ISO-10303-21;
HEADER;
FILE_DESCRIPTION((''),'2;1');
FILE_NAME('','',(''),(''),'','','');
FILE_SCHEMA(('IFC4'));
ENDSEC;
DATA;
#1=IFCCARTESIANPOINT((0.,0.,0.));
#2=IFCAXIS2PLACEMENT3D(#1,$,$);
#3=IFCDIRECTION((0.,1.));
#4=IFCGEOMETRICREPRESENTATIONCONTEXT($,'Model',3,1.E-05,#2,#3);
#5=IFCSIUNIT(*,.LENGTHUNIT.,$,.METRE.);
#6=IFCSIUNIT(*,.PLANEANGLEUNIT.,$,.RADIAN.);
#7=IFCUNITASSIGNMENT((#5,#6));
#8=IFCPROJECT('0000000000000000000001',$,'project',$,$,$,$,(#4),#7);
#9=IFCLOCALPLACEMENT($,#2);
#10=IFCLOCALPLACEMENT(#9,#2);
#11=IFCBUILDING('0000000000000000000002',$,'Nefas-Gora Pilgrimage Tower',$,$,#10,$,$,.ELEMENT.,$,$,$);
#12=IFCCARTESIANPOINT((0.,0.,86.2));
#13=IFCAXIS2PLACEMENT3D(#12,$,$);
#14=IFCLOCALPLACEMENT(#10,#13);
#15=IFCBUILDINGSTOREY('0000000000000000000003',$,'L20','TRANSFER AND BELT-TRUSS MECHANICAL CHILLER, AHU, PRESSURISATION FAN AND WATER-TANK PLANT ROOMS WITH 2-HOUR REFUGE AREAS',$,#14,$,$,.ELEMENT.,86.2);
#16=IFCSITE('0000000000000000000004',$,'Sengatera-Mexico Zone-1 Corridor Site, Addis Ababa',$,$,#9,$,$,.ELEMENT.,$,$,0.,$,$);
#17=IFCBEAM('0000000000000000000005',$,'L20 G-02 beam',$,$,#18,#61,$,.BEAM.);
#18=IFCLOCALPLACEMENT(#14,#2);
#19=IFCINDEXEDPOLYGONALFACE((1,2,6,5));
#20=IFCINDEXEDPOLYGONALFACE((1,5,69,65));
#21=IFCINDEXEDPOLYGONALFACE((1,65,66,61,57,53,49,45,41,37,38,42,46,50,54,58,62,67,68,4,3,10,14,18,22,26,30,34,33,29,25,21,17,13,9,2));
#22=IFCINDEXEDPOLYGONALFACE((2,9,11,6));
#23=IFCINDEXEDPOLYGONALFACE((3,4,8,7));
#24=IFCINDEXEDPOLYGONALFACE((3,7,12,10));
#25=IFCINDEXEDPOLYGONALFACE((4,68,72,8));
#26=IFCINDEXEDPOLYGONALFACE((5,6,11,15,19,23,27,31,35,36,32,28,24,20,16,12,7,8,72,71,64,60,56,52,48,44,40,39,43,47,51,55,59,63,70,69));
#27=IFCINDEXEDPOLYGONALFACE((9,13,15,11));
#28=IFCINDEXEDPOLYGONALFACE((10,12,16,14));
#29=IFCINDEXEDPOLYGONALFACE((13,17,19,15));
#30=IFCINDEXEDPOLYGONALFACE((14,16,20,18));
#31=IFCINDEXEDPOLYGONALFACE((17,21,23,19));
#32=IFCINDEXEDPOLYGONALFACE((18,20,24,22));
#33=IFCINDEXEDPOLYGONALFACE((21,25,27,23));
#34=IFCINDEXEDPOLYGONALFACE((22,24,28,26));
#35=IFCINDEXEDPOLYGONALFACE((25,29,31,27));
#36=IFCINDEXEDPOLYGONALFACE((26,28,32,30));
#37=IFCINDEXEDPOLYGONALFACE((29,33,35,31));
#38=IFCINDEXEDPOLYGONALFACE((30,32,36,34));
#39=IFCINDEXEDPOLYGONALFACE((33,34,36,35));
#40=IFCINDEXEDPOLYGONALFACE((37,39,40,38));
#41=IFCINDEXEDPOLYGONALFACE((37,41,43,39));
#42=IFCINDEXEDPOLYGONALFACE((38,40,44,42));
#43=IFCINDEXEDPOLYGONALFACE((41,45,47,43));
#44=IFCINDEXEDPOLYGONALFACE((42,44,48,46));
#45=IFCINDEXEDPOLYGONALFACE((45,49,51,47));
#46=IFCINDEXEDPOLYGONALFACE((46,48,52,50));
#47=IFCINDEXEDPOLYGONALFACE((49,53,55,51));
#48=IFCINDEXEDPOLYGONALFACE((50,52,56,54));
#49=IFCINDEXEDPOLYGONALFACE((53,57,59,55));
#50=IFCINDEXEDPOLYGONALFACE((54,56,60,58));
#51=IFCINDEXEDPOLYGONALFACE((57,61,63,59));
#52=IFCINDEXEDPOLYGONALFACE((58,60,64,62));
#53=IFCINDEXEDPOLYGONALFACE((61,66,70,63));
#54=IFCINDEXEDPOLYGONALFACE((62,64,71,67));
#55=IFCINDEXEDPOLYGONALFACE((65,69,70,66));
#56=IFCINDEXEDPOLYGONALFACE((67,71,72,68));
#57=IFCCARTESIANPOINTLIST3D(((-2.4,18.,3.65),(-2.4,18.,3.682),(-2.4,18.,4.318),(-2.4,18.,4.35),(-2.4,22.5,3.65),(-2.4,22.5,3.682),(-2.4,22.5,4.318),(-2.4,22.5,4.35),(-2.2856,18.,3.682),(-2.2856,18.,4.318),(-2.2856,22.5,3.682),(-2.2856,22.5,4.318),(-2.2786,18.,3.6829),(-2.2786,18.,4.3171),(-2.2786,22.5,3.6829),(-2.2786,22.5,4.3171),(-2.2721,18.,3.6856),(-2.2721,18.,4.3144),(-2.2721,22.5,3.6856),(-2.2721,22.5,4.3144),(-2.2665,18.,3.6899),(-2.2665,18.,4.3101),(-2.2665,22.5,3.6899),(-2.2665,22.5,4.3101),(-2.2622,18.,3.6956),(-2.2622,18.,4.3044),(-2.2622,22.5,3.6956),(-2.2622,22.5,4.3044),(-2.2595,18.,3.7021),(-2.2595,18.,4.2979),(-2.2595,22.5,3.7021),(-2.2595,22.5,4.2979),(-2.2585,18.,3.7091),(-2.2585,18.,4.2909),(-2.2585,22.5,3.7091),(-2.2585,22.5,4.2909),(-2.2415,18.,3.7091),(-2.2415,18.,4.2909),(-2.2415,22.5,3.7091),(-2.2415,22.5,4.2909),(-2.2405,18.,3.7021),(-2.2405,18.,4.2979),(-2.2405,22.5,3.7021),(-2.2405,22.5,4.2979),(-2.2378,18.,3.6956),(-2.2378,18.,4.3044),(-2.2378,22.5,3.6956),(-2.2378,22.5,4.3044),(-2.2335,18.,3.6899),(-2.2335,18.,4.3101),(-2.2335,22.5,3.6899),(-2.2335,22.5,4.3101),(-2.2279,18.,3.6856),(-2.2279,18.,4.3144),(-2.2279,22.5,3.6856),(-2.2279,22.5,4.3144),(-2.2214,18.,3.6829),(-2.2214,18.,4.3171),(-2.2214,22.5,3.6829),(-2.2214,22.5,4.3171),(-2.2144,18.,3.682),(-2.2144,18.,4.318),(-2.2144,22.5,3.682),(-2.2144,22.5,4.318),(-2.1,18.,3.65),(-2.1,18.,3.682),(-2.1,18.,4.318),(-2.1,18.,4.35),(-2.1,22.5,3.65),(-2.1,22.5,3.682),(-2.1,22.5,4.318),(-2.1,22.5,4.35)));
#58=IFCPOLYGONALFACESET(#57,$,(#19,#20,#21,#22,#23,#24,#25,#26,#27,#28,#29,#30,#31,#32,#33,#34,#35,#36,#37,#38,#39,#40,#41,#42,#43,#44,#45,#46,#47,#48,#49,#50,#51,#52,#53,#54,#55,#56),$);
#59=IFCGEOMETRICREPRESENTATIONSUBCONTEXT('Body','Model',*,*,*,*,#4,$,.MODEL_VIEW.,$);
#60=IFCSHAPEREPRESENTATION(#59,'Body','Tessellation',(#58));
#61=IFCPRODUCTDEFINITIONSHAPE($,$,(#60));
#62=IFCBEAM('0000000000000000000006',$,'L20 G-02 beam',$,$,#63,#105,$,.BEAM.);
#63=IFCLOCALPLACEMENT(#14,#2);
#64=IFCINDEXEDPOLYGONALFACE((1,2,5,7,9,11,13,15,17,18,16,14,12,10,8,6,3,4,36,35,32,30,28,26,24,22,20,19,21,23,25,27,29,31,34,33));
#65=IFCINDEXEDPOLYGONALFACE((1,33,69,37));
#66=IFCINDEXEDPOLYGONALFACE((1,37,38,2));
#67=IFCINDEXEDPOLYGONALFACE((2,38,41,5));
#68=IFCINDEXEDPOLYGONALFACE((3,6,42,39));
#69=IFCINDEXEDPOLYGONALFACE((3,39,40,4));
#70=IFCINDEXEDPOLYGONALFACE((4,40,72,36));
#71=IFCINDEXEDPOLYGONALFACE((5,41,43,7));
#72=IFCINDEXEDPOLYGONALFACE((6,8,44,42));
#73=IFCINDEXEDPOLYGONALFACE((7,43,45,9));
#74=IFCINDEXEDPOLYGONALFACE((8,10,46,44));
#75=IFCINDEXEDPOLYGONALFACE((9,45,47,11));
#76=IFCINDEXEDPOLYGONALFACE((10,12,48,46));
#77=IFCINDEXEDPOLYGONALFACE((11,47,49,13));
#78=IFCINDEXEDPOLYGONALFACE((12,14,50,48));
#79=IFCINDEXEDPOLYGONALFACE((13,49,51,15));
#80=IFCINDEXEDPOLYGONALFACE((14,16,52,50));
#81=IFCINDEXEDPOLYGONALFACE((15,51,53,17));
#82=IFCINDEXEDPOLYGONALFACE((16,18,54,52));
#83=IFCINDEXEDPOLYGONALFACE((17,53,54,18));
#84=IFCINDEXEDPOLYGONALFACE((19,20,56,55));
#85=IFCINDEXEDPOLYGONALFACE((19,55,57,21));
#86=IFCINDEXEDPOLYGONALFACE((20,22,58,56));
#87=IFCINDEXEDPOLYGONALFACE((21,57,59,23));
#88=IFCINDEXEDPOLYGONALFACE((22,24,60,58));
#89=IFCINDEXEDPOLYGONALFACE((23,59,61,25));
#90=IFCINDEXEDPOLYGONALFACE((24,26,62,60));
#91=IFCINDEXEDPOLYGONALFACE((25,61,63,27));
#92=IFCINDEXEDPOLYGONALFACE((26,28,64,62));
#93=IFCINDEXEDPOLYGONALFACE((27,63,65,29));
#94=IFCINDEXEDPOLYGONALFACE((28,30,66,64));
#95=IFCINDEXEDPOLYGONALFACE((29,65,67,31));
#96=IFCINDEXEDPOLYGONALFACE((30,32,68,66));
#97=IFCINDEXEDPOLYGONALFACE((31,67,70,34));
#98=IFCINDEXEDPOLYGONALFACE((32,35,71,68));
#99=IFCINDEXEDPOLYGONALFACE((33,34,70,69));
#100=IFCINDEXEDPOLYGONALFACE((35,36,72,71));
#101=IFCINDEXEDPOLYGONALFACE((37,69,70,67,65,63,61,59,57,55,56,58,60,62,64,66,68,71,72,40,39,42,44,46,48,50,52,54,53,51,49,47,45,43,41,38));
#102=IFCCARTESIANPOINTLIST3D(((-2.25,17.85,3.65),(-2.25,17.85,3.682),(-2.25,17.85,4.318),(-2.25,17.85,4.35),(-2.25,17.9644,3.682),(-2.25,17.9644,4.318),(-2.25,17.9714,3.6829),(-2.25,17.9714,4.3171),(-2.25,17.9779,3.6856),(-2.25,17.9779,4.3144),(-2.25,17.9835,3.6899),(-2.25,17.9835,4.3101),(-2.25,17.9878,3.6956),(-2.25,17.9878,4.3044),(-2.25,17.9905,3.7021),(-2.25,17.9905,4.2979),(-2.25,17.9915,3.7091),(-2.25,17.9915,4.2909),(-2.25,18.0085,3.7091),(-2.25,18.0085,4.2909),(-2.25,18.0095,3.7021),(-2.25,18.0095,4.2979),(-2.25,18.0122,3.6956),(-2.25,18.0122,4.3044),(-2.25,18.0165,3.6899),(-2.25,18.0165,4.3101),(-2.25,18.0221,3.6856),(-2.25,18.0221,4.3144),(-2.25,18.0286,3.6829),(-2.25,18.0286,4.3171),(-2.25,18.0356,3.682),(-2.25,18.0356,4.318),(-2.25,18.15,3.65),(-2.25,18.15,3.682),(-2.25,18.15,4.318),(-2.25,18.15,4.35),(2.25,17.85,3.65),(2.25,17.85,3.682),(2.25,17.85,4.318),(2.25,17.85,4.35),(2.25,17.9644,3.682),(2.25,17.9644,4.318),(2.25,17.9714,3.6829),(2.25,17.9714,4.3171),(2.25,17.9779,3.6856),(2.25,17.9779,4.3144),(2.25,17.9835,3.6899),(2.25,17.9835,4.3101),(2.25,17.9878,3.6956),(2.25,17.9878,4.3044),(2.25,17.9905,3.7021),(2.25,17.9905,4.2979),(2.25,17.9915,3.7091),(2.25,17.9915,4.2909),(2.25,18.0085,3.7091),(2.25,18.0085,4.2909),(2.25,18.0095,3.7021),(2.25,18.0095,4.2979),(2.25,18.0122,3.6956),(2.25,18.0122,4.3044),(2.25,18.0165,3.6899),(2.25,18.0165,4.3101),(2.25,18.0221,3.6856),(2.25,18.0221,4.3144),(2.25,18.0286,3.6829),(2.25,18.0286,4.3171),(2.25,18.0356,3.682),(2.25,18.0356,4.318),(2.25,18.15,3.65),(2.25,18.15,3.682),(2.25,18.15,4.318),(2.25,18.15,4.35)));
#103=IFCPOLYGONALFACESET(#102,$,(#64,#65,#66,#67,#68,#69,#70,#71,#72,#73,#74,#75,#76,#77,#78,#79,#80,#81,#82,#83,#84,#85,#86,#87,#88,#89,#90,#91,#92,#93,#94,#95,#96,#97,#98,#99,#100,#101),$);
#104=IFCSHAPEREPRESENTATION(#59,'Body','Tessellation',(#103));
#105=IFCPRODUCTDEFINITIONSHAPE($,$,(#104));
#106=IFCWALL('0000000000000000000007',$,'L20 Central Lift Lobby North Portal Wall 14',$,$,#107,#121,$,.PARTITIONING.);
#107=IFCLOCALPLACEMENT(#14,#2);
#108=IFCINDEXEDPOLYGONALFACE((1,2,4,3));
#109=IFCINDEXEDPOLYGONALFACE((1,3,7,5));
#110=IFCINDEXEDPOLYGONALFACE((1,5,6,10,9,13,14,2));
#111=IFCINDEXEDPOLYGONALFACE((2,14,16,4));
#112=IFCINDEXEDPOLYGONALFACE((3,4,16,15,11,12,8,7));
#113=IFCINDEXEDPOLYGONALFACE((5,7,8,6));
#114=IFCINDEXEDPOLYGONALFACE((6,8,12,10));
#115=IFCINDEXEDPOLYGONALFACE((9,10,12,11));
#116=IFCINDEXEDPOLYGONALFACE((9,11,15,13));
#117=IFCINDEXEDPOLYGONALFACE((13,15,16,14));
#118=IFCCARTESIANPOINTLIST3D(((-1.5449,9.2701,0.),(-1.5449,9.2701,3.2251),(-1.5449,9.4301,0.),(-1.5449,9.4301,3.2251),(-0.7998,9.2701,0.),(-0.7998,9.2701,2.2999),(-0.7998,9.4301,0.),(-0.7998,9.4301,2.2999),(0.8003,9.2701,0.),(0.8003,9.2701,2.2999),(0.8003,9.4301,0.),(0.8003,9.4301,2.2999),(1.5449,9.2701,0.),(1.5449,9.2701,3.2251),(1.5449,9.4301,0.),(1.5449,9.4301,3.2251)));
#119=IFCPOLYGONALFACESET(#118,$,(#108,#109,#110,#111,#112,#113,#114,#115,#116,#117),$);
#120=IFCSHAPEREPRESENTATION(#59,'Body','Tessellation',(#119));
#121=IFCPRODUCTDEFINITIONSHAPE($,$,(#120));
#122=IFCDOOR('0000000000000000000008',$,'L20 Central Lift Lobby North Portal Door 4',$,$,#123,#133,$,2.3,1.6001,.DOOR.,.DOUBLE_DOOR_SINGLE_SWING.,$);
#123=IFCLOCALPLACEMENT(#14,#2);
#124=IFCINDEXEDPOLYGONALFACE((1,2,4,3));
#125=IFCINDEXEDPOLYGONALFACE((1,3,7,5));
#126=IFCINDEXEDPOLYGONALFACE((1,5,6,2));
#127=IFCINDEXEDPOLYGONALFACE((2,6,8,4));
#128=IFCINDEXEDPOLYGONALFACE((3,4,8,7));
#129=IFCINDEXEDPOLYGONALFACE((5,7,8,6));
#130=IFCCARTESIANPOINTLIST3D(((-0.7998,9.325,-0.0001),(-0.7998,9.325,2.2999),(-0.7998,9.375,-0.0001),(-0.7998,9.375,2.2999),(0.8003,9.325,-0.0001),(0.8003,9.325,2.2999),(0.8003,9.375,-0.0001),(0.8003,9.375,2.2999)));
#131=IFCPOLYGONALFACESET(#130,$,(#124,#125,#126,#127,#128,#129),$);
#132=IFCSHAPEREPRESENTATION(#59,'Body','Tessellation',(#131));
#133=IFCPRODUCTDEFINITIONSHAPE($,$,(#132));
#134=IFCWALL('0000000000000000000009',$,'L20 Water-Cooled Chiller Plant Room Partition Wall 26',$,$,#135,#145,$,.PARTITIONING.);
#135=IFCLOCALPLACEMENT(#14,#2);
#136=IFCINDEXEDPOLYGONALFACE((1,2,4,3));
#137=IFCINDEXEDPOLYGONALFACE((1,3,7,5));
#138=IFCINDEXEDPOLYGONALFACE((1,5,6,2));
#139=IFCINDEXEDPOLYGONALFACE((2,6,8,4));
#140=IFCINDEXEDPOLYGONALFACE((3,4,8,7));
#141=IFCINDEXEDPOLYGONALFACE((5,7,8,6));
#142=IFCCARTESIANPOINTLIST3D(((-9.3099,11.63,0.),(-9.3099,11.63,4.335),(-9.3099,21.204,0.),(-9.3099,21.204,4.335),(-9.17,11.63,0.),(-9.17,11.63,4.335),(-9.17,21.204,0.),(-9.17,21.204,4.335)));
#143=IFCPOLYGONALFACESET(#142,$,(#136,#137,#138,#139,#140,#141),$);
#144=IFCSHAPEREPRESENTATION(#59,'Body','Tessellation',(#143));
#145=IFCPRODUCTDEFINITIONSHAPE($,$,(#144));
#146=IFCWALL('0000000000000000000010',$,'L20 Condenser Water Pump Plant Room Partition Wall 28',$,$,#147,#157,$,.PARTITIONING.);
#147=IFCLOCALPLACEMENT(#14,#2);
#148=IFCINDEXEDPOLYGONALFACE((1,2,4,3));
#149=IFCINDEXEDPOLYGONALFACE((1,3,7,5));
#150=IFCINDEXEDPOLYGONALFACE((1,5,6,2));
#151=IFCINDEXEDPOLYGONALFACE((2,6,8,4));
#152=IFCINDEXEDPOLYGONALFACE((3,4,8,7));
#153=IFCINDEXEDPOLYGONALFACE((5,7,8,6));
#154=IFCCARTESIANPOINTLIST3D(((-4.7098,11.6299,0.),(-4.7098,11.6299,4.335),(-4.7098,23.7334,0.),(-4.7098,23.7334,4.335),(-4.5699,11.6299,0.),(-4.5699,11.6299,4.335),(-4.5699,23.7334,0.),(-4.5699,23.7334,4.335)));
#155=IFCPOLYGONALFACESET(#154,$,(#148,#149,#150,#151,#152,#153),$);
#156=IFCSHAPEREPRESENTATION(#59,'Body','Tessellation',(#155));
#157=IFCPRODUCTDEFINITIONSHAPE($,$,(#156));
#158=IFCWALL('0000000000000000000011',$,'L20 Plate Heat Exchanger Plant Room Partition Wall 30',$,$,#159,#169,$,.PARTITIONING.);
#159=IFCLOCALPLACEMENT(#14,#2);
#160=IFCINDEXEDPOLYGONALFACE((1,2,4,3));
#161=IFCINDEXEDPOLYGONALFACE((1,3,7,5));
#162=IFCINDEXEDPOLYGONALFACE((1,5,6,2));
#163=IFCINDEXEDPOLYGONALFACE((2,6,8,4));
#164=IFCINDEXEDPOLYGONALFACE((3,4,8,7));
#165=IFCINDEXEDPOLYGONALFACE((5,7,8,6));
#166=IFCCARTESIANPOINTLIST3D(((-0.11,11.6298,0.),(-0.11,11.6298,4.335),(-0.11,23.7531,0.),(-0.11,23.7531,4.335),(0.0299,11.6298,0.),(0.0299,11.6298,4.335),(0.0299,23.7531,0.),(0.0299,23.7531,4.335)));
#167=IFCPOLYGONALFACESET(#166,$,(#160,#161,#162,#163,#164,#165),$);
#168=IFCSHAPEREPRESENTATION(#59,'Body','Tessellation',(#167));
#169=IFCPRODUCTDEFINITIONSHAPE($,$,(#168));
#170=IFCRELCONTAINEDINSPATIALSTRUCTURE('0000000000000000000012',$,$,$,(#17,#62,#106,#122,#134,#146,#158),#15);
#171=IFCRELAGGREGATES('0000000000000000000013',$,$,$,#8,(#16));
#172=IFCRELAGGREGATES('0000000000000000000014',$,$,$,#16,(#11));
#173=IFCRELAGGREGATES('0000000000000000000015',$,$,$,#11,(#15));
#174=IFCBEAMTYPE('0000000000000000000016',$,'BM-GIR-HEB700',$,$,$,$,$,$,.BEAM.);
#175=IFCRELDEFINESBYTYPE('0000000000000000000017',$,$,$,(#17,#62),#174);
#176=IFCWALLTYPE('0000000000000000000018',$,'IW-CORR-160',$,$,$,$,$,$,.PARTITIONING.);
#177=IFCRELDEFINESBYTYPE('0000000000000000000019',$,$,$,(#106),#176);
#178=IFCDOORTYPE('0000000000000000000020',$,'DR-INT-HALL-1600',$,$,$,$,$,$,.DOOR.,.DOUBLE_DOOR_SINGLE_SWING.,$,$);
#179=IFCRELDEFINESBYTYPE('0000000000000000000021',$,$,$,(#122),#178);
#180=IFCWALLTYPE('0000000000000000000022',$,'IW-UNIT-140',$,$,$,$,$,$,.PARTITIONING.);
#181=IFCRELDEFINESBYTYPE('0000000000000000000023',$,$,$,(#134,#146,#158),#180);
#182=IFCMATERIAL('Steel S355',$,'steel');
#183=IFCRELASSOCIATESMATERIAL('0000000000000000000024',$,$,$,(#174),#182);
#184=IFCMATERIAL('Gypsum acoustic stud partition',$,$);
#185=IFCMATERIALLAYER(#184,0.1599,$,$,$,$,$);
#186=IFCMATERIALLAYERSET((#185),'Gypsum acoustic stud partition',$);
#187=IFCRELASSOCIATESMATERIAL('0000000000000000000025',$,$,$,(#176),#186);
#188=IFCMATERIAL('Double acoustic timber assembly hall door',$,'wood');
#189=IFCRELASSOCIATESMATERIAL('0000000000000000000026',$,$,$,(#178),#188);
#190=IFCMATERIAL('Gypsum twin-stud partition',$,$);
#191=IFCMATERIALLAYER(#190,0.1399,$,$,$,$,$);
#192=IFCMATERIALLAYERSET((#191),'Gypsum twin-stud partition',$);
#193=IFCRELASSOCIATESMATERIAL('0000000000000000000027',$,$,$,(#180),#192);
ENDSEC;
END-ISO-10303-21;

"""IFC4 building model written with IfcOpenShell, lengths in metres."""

from ifc_helpers import new_model, si_unit, direction, frame, frame_2d, origin, origin_2d, place, context, subcontext, project, spatial, rectangle, i_section, extrude, source, transform, mapped, material, layer, layer_set, material_profile, profile_set, type_object, element, fill, save


model = new_model("IFC4")

# Units and contexts
model_context = context("Model", 3, precision=1e-05, world=origin(), true_north=direction((0.0, 1.0)))
body_context = subcontext(model_context, "Body", "Model", "MODEL_VIEW")
ifc_project = project(units=[si_unit("LENGTHUNIT", "METRE"), si_unit("PLANEANGLEUNIT", "RADIAN")], contexts=[model_context])

# Site, building, storey
site_placement = place(None, origin())
site = spatial("IfcSite", under=ifc_project, at=site_placement, Name="Sengatera-Mexico Zone-1 Corridor Site, Addis Ababa", CompositionType="ELEMENT", RefElevation=0.0)
building_placement = place(site_placement, origin())
building = spatial("IfcBuilding", under=site, at=building_placement, Name="Nefas-Gora Pilgrimage Tower", CompositionType="ELEMENT")
storey_placement = place(building_placement, frame((0.0, 0.0, 86.2)))
storey = spatial("IfcBuildingStorey", under=building, at=storey_placement, Name="L20", Description="TRANSFER AND BELT-TRUSS MECHANICAL CHILLER, AHU, PRESSURISATION FAN AND WATER-TANK PLANT ROOMS WITH 2-HOUR REFUGE AREAS", CompositionType="ELEMENT", Elevation=86.2)

# Beams
ifc_material_1 = material(Name="Steel S355", Category="steel")
ifc_material_profile_1 = material_profile(ifc_material_1, i_section(OverallWidth=0.3, OverallDepth=0.7, WebThickness=0.0171, FlangeThickness=0.032, FilletRadius=0.0271, at=origin_2d()), Name="HEB 700")
ifc_profile_set_1 = profile_set([ifc_material_profile_1], Name="Steel S355")
beam_type_1 = type_object("IfcBeamType", Name="BM-GIR-HEB700", PredefinedType="BEAM", material=ifc_profile_set_1)
shared_shape_1 = source(origin(), body_context, "Body", "SweptSolid", [
    extrude(i_section(OverallWidth=0.3, OverallDepth=0.7, WebThickness=0.0171, FlangeThickness=0.032, FilletRadius=0.0271, at=origin_2d()), origin(), (0.0, 0.0, 1.0), 4.5),
])
for number, where, z_axis, x_axis, name in (
    (1, (-2.25, 18.0, 4.0), (0.0, 1.0, 0.0), (-1.0, 0.0, 0.0), "L20 G-02 beam"),
    (2, (-2.25, 18.0, 4.0), (1.0, 0.0, 0.0), (0.0, 1.0, 0.0), "L20 G-02 beam"),
):
    element("IfcBeam", number, at=place(storey_placement, frame(where, z_axis=z_axis, x_axis=x_axis)), inside=storey, type_object=beam_type_1, Name=name, PredefinedType="BEAM", context=body_context, shape_type="MappedRepresentation", body=[
        mapped(shared_shape_1, transform((0.0, 0.0, 0.0), x_axis=(1.0, 0.0, 0.0), y_axis=(0.0, 1.0, 0.0), z_axis=(0.0, 0.0, 1.0), scale=1.0)),
    ])

# Wall, opening, door
ifc_material_2 = material(Name="Gypsum acoustic stud partition")
ifc_layer_1 = layer(ifc_material_2, 0.1599)
ifc_layer_set_1 = layer_set([ifc_layer_1], Name="Gypsum acoustic stud partition")
wall_type_1 = type_object("IfcWallType", Name="IW-CORR-160", PredefinedType="PARTITIONING", material=ifc_layer_set_1)
shared_shape_2 = source(origin(), body_context, "Body", "SweptSolid", [
    extrude(rectangle(XDim=3.0898, YDim=0.1599, at=frame_2d((1.5449, 0.0))), origin(), (0.0, 0.0, 1.0), 3.2251),
])
wall_1_placement = place(storey_placement, frame((-1.5449, 9.3501, 0.0), z_axis=(0.0, 0.0, 1.0), x_axis=(1.0, 0.0, 0.0)))
wall_1 = element("IfcWall", 3, at=wall_1_placement, inside=storey, type_object=wall_type_1, Name="L20 Central Lift Lobby North Portal Wall 14", PredefinedType="PARTITIONING", context=body_context, shape_type="MappedRepresentation", body=[
    mapped(shared_shape_2, transform((0.0, 0.0, 0.0), x_axis=(1.0, 0.0, 0.0), y_axis=(0.0, 1.0, 0.0), z_axis=(0.0, 0.0, 1.0), scale=1.0)),
])
opening_1_placement = place(wall_1_placement, frame((0.7451, 0.0, 0.0)))
opening_1 = element("IfcOpeningElement", 4, at=opening_1_placement, cuts=wall_1, PredefinedType="OPENING", context=body_context, shape_type="SweptSolid", body=[
    extrude(rectangle(XDim=1.6001, YDim=2.3, at=frame_2d((0.8, 1.1499))), frame((0.0, 0.0898, 0.0), z_axis=(0.0, -1.0, 0.0), x_axis=(1.0, 0.0, 0.0)), (0.0, 0.0, 1.0), 0.1799),
])
ifc_material_3 = material(Name="Double acoustic timber assembly hall door", Category="wood")
door_type_1 = type_object("IfcDoorType", Name="DR-INT-HALL-1600", OperationType="DOUBLE_DOOR_SINGLE_SWING", PredefinedType="DOOR", material=ifc_material_3)
shared_shape_3 = source(origin(), body_context, "Body", "SweptSolid", [
    extrude(rectangle(XDim=1.6001, YDim=2.3, at=frame_2d((0.8, 1.1499))), frame((0.0, 0.0249, 0.0), z_axis=(0.0, -1.0, 0.0), x_axis=(1.0, 0.0, 0.0)), (0.0, 0.0, 1.0), 0.05),
])
door_1_placement = place(opening_1_placement, origin())
door_1 = element("IfcDoor", 5, at=door_1_placement, inside=storey, type_object=door_type_1, Name="L20 Central Lift Lobby North Portal Door 4", OperationType="DOUBLE_DOOR_SINGLE_SWING", OverallHeight=2.3, OverallWidth=1.6001, PredefinedType="DOOR", context=body_context, shape_type="MappedRepresentation", body=[
    mapped(shared_shape_3, transform((0.0, 0.0, 0.0), x_axis=(1.0, 0.0, 0.0), y_axis=(0.0, 1.0, 0.0), z_axis=(0.0, 0.0, 1.0), scale=1.0)),
])
fill(opening_1, door_1)

# Wall
ifc_material_4 = material(Name="Gypsum twin-stud partition")
ifc_layer_2 = layer(ifc_material_4, 0.1399)
ifc_layer_set_2 = layer_set([ifc_layer_2], Name="Gypsum twin-stud partition")
wall_type_2 = type_object("IfcWallType", Name="IW-UNIT-140", PredefinedType="PARTITIONING", material=ifc_layer_set_2)
shared_shape_4 = source(origin(), body_context, "Body", "SweptSolid", [
    extrude(rectangle(XDim=9.574, YDim=0.1399, at=frame_2d((4.7871, 0.0))), origin(), (0.0, 0.0, 1.0), 4.335),
])
wall_2_placement = place(storey_placement, frame((-9.24, 11.6299, 0.0), z_axis=(0.0, 0.0, 1.0), x_axis=(0.0, 1.0, 0.0)))
element("IfcWall", 6, at=wall_2_placement, inside=storey, type_object=wall_type_2, Name="L20 Water-Cooled Chiller Plant Room Partition Wall 26", PredefinedType="PARTITIONING", context=body_context, shape_type="MappedRepresentation", body=[
    mapped(shared_shape_4, transform((0.0, 0.0, 0.0), x_axis=(1.0, 0.0, 0.0), y_axis=(0.0, 1.0, 0.0), z_axis=(0.0, 0.0, 1.0), scale=1.0)),
])

# Walls
shared_shape_5 = source(origin(), body_context, "Body", "SweptSolid", [
    extrude(rectangle(XDim=12.1035, YDim=0.1399, at=frame_2d((6.0518, 0.0))), origin(), (0.0, 0.0, 1.0), 4.335),
])
wall_3_placement = place(storey_placement, frame((-4.6399, 11.6299, 0.0), z_axis=(0.0, 0.0, 1.0), x_axis=(0.0, 1.0, 0.0)))
element("IfcWall", 7, at=wall_3_placement, inside=storey, type_object=wall_type_2, Name="L20 Condenser Water Pump Plant Room Partition Wall 28", PredefinedType="PARTITIONING", context=body_context, shape_type="MappedRepresentation", body=[
    mapped(shared_shape_5, transform((0.0, 0.0, 0.0), x_axis=(1.0, 0.0, 0.0), y_axis=(0.0, 1.0, 0.0), z_axis=(0.0, 0.0, 1.0), scale=1.0)),
])
shared_shape_6 = source(origin(), body_context, "Body", "SweptSolid", [
    extrude(rectangle(XDim=12.1233, YDim=0.1399, at=frame_2d((6.0615, 0.0))), origin(), (0.0, 0.0, 1.0), 4.335),
])
wall_4_placement = place(storey_placement, frame((-0.04, 11.6299, 0.0), z_axis=(0.0, 0.0, 1.0), x_axis=(0.0, 1.0, 0.0)))
element("IfcWall", 8, at=wall_4_placement, inside=storey, type_object=wall_type_2, Name="L20 Plate Heat Exchanger Plant Room Partition Wall 30", PredefinedType="PARTITIONING", context=body_context, shape_type="MappedRepresentation", body=[
    mapped(shared_shape_6, transform((0.0, 0.0, 0.0), x_axis=(1.0, 0.0, 0.0), y_axis=(0.0, 1.0, 0.0), z_axis=(0.0, 0.0, 1.0), scale=1.0)),
])

save(model, "model.ifc")
